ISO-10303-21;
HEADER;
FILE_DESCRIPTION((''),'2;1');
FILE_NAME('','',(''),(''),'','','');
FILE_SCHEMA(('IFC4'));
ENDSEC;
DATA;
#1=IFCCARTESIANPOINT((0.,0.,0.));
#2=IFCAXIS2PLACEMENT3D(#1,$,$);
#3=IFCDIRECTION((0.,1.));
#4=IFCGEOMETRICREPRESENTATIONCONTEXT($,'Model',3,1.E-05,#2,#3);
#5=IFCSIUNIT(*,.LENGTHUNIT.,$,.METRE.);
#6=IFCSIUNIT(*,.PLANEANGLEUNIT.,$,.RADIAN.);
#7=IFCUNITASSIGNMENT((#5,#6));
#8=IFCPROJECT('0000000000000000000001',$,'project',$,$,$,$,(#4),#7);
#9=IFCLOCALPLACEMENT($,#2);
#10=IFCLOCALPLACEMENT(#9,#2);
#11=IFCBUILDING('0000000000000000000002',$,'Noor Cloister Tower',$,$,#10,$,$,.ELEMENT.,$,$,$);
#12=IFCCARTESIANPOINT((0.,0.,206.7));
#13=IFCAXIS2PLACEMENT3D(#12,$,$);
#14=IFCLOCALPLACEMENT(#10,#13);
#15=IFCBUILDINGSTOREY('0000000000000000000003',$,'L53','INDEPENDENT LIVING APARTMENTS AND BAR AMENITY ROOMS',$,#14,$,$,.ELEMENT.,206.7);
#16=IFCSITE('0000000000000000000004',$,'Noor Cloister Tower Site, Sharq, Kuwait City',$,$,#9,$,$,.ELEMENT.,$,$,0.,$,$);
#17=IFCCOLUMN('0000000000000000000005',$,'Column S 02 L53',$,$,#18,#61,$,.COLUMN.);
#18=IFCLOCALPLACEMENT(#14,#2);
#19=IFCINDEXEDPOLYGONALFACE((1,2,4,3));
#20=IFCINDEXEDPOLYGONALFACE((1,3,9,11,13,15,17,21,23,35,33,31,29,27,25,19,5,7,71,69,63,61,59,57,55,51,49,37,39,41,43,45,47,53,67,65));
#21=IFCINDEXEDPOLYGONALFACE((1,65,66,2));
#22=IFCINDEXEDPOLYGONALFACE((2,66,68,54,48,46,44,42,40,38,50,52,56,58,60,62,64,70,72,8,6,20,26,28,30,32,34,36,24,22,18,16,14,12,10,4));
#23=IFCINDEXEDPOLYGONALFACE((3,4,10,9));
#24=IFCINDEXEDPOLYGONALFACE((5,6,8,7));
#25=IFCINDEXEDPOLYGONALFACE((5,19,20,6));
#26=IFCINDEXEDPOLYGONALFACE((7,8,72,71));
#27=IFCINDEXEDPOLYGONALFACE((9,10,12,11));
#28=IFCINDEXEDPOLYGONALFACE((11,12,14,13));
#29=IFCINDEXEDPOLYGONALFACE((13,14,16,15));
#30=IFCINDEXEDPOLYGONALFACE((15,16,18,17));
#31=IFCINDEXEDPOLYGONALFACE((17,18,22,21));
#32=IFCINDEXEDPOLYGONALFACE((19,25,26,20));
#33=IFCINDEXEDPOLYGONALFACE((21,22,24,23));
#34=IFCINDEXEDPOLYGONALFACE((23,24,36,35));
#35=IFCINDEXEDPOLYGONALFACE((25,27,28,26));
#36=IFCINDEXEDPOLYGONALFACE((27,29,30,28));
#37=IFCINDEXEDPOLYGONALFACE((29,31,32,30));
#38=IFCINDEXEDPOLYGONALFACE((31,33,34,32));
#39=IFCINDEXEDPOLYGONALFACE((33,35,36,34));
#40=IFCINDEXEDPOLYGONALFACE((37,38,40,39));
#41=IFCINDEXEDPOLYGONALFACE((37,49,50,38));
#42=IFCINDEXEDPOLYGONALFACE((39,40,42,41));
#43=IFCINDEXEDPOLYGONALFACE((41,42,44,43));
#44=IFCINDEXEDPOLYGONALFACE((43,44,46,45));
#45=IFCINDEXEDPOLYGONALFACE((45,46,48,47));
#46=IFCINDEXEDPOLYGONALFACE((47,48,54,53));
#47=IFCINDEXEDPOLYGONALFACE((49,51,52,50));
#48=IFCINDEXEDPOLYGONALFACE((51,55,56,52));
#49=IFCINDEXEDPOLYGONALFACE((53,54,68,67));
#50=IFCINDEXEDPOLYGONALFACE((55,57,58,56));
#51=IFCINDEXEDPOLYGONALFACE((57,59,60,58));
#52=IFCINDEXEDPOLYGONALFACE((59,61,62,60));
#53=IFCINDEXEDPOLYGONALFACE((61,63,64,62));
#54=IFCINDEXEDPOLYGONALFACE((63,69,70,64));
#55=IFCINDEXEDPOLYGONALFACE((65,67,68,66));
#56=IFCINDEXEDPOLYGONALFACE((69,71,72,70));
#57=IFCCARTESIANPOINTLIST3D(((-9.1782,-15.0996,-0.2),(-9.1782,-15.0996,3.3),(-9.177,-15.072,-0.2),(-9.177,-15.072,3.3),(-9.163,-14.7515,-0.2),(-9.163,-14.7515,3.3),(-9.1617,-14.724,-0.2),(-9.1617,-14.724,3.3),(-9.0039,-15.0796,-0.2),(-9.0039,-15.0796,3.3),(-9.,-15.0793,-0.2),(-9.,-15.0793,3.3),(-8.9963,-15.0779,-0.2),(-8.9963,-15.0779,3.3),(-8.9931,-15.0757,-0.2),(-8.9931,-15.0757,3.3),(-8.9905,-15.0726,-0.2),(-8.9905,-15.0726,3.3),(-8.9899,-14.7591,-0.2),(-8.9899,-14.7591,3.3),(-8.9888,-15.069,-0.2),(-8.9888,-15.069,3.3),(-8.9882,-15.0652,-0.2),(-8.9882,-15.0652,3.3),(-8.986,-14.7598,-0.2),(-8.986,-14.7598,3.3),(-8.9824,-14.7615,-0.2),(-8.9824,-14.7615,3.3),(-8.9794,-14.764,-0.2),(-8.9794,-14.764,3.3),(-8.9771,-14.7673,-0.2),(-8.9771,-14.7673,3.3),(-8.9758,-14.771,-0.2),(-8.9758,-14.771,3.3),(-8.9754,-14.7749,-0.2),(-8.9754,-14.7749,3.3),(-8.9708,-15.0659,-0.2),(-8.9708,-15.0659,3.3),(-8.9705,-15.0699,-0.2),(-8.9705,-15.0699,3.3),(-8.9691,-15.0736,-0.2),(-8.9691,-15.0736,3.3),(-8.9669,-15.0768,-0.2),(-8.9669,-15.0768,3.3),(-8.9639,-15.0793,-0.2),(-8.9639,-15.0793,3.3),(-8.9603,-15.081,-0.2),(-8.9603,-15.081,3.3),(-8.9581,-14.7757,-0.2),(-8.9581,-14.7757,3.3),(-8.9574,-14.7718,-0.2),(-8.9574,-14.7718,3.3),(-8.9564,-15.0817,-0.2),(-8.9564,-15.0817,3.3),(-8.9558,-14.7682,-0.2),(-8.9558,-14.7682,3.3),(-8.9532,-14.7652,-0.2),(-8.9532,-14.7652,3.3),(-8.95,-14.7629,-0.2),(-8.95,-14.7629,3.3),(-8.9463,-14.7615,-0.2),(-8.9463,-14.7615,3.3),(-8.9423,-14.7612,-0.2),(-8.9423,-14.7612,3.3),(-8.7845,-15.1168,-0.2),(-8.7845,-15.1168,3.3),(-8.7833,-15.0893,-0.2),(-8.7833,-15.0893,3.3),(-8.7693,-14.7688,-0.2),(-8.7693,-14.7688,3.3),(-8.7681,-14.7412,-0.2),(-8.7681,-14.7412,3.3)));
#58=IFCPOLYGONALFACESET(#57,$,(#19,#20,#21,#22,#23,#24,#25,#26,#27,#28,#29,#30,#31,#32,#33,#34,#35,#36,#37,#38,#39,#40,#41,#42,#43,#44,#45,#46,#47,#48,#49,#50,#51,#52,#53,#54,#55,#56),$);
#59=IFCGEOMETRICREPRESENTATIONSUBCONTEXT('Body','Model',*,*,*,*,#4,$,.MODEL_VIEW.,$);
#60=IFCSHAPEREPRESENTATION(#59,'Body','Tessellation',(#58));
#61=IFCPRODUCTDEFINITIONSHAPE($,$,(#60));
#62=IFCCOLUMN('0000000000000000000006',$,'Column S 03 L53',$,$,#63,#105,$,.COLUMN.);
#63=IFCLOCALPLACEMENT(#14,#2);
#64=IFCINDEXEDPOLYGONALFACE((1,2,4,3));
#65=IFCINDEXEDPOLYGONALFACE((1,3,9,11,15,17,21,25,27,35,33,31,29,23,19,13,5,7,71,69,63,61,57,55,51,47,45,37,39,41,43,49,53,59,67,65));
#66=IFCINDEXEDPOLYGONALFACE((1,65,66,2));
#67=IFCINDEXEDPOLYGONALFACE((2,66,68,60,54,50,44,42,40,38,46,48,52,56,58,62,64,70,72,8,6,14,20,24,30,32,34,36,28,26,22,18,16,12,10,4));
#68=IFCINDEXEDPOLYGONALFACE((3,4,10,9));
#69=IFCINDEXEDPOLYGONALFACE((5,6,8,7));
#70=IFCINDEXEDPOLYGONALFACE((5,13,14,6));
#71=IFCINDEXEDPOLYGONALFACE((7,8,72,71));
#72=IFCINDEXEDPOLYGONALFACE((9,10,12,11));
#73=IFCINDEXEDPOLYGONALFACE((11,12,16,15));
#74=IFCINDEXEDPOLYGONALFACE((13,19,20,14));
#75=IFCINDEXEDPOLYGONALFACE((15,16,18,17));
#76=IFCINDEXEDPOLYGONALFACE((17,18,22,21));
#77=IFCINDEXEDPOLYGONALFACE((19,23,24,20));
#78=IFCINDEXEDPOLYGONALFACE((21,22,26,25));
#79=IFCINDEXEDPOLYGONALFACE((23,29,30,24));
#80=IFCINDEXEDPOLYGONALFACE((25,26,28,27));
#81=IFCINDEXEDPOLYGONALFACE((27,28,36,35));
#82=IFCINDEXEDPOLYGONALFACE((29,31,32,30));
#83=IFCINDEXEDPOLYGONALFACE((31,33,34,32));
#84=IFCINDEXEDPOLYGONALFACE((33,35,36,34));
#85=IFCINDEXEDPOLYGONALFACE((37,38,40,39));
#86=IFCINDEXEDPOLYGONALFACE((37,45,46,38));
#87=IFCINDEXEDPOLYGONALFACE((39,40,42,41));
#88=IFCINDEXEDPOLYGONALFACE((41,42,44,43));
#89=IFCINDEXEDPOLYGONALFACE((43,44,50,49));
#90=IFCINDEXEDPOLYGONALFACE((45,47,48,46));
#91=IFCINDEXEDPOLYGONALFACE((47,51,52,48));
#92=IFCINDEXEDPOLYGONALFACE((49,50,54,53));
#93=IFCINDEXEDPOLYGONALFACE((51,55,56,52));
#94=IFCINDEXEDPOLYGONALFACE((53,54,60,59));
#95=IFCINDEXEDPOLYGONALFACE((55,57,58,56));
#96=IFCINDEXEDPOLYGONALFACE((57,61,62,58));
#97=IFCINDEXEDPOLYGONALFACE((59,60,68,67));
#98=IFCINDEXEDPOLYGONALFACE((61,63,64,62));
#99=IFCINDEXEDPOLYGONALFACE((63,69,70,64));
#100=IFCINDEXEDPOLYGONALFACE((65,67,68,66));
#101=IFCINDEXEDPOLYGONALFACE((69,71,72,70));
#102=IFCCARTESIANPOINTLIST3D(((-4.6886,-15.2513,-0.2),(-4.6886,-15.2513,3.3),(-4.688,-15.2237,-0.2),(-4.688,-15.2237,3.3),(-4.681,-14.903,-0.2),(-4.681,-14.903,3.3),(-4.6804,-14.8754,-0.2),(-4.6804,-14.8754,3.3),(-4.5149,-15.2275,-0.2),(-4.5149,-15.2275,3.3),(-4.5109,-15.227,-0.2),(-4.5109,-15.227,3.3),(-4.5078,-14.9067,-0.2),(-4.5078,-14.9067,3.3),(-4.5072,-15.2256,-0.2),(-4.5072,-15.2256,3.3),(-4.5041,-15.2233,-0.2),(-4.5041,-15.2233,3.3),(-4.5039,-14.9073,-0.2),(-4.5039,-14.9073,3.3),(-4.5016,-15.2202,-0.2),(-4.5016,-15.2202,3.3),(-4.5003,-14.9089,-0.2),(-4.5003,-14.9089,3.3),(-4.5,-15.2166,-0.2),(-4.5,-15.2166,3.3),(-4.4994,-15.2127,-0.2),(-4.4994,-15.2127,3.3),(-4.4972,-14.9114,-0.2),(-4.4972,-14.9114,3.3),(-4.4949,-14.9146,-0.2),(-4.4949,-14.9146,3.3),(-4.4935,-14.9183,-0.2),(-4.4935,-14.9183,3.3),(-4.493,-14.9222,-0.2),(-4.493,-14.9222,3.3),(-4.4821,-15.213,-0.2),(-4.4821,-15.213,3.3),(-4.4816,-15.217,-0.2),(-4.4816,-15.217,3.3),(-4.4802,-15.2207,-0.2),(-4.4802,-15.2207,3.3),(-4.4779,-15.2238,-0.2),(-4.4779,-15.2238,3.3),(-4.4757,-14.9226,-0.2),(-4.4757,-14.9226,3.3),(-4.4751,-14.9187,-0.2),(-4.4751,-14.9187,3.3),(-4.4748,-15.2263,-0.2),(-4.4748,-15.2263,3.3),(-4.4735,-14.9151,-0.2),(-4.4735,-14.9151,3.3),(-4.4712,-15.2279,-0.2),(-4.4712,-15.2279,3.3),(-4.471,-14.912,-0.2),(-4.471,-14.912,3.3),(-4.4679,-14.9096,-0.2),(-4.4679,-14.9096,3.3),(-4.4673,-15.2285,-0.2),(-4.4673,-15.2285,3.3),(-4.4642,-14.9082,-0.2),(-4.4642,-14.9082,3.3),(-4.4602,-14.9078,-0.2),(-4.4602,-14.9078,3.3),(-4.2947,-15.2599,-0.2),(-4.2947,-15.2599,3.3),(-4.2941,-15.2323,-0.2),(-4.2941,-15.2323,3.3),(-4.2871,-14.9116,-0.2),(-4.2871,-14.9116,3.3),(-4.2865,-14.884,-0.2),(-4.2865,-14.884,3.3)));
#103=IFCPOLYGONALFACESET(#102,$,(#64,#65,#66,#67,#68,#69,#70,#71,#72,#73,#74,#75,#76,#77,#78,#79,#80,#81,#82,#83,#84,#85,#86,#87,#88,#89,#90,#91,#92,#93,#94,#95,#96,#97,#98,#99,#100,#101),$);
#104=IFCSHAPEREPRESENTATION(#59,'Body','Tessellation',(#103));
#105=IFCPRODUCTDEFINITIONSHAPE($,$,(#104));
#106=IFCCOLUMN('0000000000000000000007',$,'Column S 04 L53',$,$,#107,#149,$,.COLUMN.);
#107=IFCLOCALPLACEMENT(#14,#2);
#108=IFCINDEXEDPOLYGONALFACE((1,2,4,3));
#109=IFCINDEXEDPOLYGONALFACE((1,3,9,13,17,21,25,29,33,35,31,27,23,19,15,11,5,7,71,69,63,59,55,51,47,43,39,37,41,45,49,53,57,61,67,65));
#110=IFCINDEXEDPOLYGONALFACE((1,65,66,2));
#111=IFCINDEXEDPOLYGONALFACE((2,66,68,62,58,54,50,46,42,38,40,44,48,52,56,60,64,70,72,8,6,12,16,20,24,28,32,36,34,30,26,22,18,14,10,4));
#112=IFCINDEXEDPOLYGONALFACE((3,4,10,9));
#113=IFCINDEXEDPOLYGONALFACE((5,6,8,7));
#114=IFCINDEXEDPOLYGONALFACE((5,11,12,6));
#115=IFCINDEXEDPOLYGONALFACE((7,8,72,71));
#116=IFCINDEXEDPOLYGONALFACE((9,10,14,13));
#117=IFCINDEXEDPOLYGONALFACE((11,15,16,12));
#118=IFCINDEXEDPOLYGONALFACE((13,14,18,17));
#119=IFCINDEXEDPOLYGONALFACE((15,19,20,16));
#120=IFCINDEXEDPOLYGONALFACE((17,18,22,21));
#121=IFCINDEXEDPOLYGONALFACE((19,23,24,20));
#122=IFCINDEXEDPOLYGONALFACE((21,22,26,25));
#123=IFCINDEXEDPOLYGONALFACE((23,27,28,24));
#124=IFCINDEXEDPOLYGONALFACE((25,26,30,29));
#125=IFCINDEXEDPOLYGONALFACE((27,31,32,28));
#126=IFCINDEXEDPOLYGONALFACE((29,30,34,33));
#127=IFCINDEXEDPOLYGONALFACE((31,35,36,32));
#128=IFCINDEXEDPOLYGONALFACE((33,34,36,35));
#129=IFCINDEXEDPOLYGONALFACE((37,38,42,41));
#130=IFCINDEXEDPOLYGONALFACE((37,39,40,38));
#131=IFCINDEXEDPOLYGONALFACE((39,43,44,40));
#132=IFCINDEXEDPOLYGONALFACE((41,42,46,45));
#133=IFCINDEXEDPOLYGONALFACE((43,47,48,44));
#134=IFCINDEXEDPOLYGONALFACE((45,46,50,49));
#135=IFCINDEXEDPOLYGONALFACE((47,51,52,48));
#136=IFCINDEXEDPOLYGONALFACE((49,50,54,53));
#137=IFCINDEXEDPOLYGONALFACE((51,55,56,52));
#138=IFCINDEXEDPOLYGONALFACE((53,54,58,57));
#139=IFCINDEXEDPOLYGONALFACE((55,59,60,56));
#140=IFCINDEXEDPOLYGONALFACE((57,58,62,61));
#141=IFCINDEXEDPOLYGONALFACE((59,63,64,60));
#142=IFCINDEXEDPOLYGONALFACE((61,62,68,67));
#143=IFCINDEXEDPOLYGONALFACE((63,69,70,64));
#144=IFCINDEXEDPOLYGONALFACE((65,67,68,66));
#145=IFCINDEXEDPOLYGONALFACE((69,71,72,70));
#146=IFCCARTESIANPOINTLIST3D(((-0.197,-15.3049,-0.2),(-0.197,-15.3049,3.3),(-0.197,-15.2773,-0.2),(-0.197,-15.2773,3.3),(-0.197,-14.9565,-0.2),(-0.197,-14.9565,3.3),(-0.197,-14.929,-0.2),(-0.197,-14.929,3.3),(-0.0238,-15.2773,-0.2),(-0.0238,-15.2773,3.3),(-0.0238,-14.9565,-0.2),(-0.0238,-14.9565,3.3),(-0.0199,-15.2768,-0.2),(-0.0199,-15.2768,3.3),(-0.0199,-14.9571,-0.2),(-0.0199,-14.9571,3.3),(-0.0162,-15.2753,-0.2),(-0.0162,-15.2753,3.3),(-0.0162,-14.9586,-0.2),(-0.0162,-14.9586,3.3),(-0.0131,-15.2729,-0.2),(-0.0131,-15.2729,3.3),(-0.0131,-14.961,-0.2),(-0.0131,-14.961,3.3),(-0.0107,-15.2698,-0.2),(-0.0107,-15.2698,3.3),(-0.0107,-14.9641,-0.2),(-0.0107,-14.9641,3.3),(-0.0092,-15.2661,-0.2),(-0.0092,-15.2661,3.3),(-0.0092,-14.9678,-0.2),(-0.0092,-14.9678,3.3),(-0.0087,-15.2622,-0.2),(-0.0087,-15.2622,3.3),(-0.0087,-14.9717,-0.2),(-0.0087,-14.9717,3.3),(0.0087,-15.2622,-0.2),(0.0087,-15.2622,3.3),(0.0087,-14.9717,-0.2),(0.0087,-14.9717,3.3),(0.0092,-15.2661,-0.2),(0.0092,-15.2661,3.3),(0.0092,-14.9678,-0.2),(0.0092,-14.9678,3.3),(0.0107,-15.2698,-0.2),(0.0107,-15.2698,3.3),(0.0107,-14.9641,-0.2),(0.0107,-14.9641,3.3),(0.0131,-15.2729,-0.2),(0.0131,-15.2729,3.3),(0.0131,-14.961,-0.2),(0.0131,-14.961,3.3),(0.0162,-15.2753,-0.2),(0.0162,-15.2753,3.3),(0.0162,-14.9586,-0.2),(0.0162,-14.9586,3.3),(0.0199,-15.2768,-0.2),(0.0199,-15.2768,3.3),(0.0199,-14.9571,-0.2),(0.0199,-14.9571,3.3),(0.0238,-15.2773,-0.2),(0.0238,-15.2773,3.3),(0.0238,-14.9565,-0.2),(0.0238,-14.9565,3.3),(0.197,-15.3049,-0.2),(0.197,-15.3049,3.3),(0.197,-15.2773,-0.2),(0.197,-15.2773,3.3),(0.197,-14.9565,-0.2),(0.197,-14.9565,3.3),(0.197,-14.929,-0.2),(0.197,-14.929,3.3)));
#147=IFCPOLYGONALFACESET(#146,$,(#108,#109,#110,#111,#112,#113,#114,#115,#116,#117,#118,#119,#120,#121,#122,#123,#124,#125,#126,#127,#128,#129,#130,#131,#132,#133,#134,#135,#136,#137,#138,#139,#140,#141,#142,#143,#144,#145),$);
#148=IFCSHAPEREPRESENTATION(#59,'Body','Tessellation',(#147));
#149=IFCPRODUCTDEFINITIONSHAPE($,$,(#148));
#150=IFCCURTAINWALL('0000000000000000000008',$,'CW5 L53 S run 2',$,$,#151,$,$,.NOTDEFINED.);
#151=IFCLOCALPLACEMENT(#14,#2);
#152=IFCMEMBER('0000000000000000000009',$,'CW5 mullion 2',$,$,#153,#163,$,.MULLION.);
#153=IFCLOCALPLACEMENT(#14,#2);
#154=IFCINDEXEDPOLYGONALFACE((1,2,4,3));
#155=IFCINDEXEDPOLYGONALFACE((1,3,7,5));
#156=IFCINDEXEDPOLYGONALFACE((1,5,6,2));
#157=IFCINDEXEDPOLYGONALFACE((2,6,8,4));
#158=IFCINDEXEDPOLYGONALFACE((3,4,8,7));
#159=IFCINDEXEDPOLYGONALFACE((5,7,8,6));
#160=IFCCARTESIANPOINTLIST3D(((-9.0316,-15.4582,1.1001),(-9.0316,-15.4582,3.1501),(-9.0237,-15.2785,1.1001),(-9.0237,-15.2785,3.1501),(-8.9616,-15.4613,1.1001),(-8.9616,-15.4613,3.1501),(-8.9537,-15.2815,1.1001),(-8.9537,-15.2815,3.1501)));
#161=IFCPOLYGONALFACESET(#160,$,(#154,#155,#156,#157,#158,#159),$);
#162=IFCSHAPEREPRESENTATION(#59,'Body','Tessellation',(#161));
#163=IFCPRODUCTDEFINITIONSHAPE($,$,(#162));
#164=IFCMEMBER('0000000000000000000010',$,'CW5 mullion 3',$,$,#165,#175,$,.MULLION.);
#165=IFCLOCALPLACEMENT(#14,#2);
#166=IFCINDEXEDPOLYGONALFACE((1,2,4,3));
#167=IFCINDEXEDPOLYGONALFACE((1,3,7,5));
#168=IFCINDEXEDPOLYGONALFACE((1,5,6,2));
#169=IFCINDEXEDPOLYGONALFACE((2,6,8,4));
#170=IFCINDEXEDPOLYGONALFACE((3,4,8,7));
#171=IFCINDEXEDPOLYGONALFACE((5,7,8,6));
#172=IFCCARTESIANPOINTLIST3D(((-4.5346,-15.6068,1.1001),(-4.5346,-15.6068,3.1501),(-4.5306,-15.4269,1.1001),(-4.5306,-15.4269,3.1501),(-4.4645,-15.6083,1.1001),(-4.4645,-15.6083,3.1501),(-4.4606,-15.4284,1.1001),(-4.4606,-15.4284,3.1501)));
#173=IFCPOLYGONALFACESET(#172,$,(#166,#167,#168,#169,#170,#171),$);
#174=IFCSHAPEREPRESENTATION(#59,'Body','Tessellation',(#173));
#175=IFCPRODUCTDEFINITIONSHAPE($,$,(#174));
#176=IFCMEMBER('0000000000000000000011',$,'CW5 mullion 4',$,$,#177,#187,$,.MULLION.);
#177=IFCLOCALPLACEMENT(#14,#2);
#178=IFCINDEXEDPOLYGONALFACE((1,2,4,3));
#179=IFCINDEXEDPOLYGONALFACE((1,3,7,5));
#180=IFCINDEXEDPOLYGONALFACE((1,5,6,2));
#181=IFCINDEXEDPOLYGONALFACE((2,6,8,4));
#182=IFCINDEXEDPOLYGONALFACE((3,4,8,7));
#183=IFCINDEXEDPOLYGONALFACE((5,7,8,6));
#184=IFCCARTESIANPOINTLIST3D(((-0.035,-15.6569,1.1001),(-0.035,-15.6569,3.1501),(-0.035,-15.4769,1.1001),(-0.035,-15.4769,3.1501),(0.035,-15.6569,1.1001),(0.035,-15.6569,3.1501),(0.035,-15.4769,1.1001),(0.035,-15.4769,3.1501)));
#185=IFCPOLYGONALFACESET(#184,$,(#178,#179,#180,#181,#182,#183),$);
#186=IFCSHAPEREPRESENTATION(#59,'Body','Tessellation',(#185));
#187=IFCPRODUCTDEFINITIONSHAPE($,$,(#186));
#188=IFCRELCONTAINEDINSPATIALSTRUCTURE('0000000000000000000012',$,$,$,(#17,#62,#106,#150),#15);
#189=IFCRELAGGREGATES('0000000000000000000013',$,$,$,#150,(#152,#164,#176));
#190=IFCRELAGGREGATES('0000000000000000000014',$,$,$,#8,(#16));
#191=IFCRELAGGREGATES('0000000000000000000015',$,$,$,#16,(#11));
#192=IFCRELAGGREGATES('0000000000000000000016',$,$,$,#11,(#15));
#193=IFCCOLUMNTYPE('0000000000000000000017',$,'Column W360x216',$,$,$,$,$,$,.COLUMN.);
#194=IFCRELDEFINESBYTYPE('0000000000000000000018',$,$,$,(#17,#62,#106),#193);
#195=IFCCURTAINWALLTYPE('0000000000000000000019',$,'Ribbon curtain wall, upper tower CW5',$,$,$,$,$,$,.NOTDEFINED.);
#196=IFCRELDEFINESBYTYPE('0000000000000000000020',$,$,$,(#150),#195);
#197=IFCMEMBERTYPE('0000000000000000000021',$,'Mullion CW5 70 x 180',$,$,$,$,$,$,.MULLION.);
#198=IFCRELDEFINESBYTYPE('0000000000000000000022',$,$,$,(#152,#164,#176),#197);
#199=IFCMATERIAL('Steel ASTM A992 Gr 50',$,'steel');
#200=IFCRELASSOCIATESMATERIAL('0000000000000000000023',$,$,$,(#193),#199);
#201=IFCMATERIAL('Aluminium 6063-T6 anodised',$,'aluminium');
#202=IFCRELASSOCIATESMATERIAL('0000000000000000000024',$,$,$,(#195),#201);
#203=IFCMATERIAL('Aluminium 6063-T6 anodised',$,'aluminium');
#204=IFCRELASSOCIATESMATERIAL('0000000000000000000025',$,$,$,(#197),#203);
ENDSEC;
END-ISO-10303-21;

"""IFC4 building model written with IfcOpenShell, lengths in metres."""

from ifc_helpers import new_model, si_unit, direction, frame, origin, origin_2d, place, context, subcontext, project, spatial, rectangle, i_section, extrude, material, material_profile, profile_set, type_object, element, aggregate, save


model = new_model("IFC4")

# Units and contexts
model_context = context("Model", 3, precision=1e-05, world=origin(), true_north=direction((0.0, 1.0)))
body_context = subcontext(model_context, "Body", "Model", "MODEL_VIEW")
ifc_project = project(units=[si_unit("LENGTHUNIT", "METRE"), si_unit("PLANEANGLEUNIT", "RADIAN")], contexts=[model_context])

# Site, building, storey
site_placement = place(None, origin())
site = spatial("IfcSite", under=ifc_project, at=site_placement, Name="Noor Cloister Tower Site, Sharq, Kuwait City", CompositionType="ELEMENT", RefElevation=0.0)
building_placement = place(site_placement, origin())
building = spatial("IfcBuilding", under=site, at=building_placement, Name="Noor Cloister Tower", CompositionType="ELEMENT")
storey_placement = place(building_placement, frame((0.0, 0.0, 206.7)))
storey = spatial("IfcBuildingStorey", under=building, at=storey_placement, Name="L53", Description="INDEPENDENT LIVING APARTMENTS AND BAR AMENITY ROOMS", CompositionType="ELEMENT", Elevation=206.7)

# Columns
ifc_material_1 = material(Name="Steel ASTM A992 Gr 50", Category="steel")
ifc_material_profile_1 = material_profile(ifc_material_1, i_section(OverallWidth=0.394, OverallDepth=0.376, WebThickness=0.0173, FlangeThickness=0.0276, FilletRadius=0.0151, at=origin_2d()), Name="W360x216")
ifc_profile_set_1 = profile_set([ifc_material_profile_1], Name="Steel ASTM A992 Gr 50")
column_type = type_object("IfcColumnType", Name="Column W360x216", PredefinedType="COLUMN", material=ifc_profile_set_1)
for number, where, z_axis, x_axis, name in (
    (1, (-8.9731, -14.9204, -0.2), (0.0, 0.0, 1.0), (0.999042, -0.043769, 0.0), "Column S 02 L53"),
    (2, (-4.4875, -15.0676, -0.2), (0.0, 0.0, 1.0), (0.99976, -0.02189, 0.0), "Column S 03 L53"),
    (3, (0.0, -15.1169, -0.2), (0.0, 0.0, 1.0), (1.0, 0.0, 0.0), "Column S 04 L53"),
):
    element("IfcColumn", number, at=place(storey_placement, frame(where, z_axis=z_axis, x_axis=x_axis)), inside=storey, type_object=column_type, Name=name, PredefinedType="COLUMN", context=body_context, shape_type="SweptSolid", body=[
        extrude(i_section(OverallWidth=0.394, OverallDepth=0.376, WebThickness=0.0173, FlangeThickness=0.0276, FilletRadius=0.0151, at=origin_2d()), origin(), (0.0, 0.0, 1.0), 3.5),
    ])

# Curtain wall, members
ifc_material_2 = material(Name="Aluminium 6063-T6 anodised", Category="aluminium")
curtain_wall_type = type_object("IfcCurtainWallType", Name="Ribbon curtain wall, upper tower CW5", PredefinedType="NOTDEFINED", material=ifc_material_2)
curtain_wall_1_placement = place(storey_placement, origin())
curtain_wall_1 = element("IfcCurtainWall", 4, at=curtain_wall_1_placement, inside=storey, type_object=curtain_wall_type, Name="CW5 L53 S run 2", PredefinedType="NOTDEFINED")
ifc_material_3 = material(Name="Aluminium 6063-T6 anodised", Category="aluminium")
ifc_material_profile_2 = material_profile(ifc_material_3, rectangle(XDim=0.1799, YDim=0.0701, at=origin_2d()), Name="180 x 70 mullion")
ifc_profile_set_2 = profile_set([ifc_material_profile_2], Name="Aluminium 6063-T6 anodised")
member_type_1 = type_object("IfcMemberType", Name="Mullion CW5 70 x 180", PredefinedType="MULLION", material=ifc_profile_set_2)
member_1_placement = place(storey_placement, frame((-8.9927, -15.3699, 1.1001), z_axis=(0.0, 0.0, 1.0), x_axis=(0.043769, 0.999042, 0.0)))
member_1 = element("IfcMember", 5, at=member_1_placement, type_object=member_type_1, Name="CW5 mullion 2", PredefinedType="MULLION", context=body_context, shape_type="SweptSolid", body=[
    extrude(rectangle(XDim=0.1799, YDim=0.0701, at=origin_2d()), origin(), (0.0, 0.0, 1.0), 2.05),
])
member_2_placement = place(storey_placement, frame((-4.4976, -15.5176, 1.1001), z_axis=(0.0, 0.0, 1.0), x_axis=(0.02189, 0.99976, 0.0)))
member_2 = element("IfcMember", 6, at=member_2_placement, type_object=member_type_1, Name="CW5 mullion 3", PredefinedType="MULLION", context=body_context, shape_type="SweptSolid", body=[
    extrude(rectangle(XDim=0.1799, YDim=0.0701, at=origin_2d()), origin(), (0.0, 0.0, 1.0), 2.05),
])
member_3_placement = place(storey_placement, frame((0.0, -15.5669, 1.1001), z_axis=(0.0, 0.0, 1.0), x_axis=(0.0, 1.0, 0.0)))
member_3 = element("IfcMember", 7, at=member_3_placement, type_object=member_type_1, Name="CW5 mullion 4", PredefinedType="MULLION", context=body_context, shape_type="SweptSolid", body=[
    extrude(rectangle(XDim=0.1799, YDim=0.0701, at=origin_2d()), origin(), (0.0, 0.0, 1.0), 2.05),
])

aggregate(curtain_wall_1, [member_1, member_2, member_3])

save(model, "model.ifc")
